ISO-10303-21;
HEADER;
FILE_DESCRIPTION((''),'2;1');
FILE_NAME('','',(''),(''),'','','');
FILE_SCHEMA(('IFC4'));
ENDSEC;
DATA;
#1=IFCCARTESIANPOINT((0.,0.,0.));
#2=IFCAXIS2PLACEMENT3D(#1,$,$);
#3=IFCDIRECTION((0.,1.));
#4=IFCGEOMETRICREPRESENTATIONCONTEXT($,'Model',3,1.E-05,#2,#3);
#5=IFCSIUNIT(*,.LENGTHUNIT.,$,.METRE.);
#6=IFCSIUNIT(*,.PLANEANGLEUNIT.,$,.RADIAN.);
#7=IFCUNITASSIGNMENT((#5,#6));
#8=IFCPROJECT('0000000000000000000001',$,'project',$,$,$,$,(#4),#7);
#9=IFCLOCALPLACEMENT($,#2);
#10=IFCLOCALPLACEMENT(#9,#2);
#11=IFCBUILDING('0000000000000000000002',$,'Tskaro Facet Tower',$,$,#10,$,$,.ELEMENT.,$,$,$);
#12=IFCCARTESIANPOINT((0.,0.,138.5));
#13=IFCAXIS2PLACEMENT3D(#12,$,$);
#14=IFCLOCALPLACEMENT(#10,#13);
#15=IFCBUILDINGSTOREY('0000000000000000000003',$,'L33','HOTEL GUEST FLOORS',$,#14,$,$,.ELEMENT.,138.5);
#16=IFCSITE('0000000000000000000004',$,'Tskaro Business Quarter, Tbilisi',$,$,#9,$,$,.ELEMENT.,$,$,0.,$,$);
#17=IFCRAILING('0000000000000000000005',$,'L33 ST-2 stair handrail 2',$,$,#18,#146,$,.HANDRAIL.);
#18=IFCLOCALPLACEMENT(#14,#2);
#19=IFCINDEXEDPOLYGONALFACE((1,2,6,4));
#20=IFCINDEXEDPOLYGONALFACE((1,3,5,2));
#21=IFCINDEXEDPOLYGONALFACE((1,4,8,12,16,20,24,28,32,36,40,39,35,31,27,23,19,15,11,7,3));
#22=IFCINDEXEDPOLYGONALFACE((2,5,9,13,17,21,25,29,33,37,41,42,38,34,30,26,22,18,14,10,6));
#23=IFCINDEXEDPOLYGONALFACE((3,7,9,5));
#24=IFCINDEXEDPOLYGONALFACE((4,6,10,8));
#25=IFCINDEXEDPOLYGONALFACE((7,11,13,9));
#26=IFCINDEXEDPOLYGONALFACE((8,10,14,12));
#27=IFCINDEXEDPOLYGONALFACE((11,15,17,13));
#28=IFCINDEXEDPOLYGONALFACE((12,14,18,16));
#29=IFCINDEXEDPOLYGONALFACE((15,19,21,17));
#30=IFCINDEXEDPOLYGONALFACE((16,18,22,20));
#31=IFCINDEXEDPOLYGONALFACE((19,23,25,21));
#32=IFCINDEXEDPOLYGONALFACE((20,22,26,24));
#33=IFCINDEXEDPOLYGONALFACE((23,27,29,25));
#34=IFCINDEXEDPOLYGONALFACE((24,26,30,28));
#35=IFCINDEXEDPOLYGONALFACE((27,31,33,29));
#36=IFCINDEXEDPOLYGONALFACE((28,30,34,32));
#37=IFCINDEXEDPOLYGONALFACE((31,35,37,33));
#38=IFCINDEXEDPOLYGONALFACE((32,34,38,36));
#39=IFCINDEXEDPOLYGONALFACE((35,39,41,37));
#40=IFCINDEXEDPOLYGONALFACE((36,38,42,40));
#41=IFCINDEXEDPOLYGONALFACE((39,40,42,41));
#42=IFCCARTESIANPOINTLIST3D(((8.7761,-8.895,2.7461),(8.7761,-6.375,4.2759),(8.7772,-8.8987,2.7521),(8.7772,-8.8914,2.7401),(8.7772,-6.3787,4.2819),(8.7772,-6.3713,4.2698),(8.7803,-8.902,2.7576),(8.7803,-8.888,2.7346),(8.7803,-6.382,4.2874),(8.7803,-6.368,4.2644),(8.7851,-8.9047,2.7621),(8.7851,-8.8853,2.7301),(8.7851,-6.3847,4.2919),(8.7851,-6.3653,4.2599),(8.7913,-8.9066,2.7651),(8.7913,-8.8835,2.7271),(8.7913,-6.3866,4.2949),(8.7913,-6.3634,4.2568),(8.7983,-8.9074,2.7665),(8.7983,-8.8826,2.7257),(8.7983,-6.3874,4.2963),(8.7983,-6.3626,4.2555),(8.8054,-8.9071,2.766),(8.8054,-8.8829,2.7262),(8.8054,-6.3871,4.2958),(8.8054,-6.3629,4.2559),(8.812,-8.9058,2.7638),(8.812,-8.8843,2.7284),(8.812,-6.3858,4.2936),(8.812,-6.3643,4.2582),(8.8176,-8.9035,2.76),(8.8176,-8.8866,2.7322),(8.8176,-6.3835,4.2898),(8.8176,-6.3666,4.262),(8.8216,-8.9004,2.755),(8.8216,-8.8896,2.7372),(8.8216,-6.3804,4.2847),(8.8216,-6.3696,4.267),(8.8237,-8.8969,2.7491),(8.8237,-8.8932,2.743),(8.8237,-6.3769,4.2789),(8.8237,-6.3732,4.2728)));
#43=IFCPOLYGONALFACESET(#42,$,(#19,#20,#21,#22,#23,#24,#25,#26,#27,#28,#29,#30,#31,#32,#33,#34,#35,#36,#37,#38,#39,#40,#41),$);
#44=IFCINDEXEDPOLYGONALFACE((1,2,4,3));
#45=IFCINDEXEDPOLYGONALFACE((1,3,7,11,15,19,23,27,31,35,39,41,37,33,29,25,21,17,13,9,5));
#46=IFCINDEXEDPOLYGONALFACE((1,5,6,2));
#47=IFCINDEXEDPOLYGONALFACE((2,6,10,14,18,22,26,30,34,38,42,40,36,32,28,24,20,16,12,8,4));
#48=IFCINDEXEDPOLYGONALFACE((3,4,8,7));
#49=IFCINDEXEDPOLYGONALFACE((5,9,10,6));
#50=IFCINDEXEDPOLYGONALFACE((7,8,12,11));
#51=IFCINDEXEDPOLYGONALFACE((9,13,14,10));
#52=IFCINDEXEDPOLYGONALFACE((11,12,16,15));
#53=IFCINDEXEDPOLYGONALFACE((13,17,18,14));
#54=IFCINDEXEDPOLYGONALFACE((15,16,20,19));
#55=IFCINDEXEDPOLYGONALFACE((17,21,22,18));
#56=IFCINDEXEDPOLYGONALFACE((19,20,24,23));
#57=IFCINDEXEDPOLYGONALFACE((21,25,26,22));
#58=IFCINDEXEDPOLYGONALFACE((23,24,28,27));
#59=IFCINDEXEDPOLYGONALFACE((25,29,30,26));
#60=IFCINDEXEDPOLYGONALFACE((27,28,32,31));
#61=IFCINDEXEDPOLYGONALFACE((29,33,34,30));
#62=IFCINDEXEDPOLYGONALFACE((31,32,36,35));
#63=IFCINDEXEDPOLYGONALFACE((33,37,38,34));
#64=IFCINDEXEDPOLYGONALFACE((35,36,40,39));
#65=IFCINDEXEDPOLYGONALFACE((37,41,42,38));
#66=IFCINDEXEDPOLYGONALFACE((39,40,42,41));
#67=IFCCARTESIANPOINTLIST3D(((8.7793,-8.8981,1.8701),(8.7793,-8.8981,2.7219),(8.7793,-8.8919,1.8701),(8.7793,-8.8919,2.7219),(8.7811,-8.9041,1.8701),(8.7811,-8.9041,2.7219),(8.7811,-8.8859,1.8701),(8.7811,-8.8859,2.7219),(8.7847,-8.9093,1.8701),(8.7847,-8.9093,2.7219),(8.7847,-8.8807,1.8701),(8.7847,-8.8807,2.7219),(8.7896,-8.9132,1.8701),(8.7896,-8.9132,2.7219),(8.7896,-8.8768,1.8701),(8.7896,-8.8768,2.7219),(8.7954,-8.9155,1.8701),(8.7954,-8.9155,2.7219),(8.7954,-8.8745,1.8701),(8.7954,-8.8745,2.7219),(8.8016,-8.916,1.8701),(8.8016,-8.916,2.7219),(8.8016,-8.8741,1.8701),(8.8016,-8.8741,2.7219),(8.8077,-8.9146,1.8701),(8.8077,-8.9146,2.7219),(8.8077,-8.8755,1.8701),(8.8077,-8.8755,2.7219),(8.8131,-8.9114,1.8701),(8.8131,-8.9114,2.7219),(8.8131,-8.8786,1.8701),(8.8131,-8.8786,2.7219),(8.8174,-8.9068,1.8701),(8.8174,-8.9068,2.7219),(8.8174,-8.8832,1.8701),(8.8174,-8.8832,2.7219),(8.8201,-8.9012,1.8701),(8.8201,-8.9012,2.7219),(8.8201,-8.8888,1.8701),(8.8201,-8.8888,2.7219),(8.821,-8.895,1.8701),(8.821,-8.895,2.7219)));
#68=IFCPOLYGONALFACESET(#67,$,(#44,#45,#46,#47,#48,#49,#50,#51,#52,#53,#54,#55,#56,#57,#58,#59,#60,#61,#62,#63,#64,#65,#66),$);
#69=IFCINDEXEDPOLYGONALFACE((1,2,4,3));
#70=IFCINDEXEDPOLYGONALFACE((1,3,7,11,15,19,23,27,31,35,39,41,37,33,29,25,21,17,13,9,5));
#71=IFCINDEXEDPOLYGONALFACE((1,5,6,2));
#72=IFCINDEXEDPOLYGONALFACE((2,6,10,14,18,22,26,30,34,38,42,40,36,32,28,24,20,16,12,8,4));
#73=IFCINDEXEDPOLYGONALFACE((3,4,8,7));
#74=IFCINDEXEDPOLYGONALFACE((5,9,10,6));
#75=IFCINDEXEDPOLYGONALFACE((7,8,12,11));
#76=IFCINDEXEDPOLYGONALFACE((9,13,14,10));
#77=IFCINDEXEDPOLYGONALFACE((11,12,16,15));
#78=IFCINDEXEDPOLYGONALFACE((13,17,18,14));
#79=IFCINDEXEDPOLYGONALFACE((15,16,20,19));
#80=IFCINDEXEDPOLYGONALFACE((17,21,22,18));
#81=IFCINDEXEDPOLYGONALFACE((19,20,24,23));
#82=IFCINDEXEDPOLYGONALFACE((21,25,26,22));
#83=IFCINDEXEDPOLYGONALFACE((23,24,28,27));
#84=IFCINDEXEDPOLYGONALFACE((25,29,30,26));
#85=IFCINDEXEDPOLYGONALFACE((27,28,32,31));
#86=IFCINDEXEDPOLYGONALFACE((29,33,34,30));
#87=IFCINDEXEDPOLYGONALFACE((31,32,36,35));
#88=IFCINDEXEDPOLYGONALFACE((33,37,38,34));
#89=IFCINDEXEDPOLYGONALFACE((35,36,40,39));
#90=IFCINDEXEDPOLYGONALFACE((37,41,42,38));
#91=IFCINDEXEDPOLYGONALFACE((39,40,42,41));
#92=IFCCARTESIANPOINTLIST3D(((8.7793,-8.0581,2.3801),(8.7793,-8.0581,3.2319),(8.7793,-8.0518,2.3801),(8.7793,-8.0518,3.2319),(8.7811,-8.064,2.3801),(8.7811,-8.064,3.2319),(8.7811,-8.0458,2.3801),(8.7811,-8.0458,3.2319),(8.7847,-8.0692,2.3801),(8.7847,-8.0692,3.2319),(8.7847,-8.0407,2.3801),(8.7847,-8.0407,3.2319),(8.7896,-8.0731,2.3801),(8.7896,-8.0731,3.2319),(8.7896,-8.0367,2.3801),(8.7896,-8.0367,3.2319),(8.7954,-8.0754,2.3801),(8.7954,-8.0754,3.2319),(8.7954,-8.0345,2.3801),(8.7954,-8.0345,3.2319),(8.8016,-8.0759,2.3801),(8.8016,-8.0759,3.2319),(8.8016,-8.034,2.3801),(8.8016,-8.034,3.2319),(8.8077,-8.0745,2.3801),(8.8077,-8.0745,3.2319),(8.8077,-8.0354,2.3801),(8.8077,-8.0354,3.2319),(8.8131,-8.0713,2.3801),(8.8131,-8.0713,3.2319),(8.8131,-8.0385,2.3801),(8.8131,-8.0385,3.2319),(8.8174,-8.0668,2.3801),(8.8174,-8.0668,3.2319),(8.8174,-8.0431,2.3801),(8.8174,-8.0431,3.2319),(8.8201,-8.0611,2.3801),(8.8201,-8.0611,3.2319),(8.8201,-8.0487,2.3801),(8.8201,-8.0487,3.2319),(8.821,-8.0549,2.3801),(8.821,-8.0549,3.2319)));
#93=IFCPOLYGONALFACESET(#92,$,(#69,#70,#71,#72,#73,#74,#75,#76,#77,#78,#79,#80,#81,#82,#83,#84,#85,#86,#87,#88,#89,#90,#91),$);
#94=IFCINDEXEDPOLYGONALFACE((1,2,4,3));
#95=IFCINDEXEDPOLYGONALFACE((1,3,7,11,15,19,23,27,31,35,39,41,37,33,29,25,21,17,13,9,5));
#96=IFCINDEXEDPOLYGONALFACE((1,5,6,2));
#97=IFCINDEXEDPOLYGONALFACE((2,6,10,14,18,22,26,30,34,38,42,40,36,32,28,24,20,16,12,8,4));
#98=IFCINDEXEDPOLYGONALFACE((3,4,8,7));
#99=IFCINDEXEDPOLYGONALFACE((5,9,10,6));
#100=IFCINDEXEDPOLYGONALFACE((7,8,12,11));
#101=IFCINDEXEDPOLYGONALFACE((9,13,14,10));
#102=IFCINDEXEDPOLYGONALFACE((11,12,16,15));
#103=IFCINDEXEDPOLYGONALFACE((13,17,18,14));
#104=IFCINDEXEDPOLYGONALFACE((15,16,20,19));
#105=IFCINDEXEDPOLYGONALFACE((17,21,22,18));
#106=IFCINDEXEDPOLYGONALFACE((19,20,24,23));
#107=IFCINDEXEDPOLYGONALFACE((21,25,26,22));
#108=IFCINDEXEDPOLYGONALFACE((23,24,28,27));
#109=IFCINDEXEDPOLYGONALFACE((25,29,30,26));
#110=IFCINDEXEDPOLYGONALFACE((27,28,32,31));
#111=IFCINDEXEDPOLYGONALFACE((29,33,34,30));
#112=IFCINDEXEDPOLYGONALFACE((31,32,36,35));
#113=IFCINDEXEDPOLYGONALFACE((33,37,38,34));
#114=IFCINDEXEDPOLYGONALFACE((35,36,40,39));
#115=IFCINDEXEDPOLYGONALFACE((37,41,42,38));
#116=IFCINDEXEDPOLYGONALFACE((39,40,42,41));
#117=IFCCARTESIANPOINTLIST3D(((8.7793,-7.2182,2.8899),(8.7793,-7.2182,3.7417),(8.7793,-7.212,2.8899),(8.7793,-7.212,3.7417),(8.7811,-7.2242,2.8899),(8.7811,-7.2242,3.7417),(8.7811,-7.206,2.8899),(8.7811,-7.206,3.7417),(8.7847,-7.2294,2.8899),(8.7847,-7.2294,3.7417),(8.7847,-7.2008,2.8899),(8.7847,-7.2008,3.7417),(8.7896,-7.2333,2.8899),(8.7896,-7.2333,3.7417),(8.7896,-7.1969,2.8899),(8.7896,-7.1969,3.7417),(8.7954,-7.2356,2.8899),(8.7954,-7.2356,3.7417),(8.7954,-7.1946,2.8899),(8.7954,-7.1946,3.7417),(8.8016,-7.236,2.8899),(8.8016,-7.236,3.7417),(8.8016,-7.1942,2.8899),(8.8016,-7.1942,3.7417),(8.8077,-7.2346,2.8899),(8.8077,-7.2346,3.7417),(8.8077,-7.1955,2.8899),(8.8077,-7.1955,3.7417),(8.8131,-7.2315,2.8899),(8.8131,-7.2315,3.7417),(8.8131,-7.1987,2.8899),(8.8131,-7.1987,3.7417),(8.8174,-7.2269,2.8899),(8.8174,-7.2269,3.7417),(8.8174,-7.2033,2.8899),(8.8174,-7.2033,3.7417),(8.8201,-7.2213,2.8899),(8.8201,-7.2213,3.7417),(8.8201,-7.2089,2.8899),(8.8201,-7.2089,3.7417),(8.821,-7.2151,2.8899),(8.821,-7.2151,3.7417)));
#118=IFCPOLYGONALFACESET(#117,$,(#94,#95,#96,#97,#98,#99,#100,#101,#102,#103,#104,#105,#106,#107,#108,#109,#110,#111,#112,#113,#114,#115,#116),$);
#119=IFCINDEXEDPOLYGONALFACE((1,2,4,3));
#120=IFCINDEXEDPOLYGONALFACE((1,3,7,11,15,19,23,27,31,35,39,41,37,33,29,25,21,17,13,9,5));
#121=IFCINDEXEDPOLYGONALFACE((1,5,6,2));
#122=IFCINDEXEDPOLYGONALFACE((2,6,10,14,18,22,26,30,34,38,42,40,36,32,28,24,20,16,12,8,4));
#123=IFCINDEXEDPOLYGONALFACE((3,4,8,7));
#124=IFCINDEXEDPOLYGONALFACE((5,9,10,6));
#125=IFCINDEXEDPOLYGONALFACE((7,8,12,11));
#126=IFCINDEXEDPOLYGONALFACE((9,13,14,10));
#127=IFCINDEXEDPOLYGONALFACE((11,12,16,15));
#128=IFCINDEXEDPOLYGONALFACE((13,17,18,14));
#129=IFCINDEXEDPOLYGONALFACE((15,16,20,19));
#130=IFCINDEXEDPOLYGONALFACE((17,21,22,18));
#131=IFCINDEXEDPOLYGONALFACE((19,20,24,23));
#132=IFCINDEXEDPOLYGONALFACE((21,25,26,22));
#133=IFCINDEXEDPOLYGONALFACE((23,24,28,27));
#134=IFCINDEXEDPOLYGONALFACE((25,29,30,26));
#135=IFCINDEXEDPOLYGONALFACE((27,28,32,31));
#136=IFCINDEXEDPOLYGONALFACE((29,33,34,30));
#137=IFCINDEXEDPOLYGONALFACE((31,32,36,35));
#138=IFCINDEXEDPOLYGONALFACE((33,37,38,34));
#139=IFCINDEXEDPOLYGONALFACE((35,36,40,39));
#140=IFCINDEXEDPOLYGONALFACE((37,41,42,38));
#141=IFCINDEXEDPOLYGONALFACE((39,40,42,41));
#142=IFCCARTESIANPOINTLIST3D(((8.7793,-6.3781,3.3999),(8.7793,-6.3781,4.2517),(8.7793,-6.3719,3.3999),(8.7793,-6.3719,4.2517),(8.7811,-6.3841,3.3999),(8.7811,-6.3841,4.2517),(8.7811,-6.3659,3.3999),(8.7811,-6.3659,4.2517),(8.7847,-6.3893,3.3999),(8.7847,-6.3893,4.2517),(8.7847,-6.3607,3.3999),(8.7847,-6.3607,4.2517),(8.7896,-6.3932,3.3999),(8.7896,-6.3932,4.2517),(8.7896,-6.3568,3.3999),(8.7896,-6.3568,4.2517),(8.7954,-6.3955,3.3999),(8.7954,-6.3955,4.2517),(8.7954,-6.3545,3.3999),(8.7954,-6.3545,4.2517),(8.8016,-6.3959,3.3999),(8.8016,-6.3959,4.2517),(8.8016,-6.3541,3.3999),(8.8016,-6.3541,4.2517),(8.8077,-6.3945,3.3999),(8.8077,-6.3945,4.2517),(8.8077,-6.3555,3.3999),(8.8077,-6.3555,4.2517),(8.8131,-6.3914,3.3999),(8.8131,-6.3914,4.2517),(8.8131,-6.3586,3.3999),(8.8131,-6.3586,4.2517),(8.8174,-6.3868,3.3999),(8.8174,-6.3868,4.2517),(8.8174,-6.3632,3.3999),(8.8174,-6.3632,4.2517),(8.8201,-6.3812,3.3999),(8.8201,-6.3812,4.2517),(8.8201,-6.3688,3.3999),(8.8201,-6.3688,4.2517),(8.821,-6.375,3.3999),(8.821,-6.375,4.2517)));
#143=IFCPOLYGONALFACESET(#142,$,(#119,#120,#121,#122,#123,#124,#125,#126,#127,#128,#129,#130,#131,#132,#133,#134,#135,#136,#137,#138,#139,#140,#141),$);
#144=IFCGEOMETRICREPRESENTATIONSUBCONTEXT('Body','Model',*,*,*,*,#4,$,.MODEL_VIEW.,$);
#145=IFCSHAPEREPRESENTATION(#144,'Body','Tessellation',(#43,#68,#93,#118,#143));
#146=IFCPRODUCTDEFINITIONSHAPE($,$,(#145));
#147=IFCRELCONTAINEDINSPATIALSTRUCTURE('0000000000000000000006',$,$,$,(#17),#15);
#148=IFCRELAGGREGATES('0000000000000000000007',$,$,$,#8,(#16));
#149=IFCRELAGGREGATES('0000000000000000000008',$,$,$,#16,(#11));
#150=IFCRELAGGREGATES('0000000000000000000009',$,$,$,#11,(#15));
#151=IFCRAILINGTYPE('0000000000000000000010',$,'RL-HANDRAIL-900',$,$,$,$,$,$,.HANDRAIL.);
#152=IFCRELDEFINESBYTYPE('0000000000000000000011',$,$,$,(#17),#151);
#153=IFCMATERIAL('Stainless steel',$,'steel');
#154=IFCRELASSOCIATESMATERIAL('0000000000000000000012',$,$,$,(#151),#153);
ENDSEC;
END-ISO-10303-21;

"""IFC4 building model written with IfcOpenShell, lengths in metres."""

from ifc_helpers import new_model, si_unit, direction, frame, origin, origin_2d, place, context, subcontext, project, spatial, circle, extrude, material, type_object, element, save


model = new_model("IFC4")

# Units and contexts
model_context = context("Model", 3, precision=1e-05, world=origin(), true_north=direction((0.0, 1.0)))
body_context = subcontext(model_context, "Body", "Model", "MODEL_VIEW")
ifc_project = project(units=[si_unit("LENGTHUNIT", "METRE"), si_unit("PLANEANGLEUNIT", "RADIAN")], contexts=[model_context])

# Site, building, storey
site_placement = place(None, origin())
site = spatial("IfcSite", under=ifc_project, at=site_placement, Name="Tskaro Business Quarter, Tbilisi", CompositionType="ELEMENT", RefElevation=0.0)
building_placement = place(site_placement, origin())
building = spatial("IfcBuilding", under=site, at=building_placement, Name="Tskaro Facet Tower", CompositionType="ELEMENT")
storey_placement = place(building_placement, frame((0.0, 0.0, 138.5)))
storey = spatial("IfcBuildingStorey", under=building, at=storey_placement, Name="L33", Description="HOTEL GUEST FLOORS", CompositionType="ELEMENT", Elevation=138.5)

# Railing
ifc_material_1 = material(Name="Stainless steel", Category="steel")
railing_type_1 = type_object("IfcRailingType", Name="RL-HANDRAIL-900", PredefinedType="HANDRAIL", material=ifc_material_1)
railing_1_placement = place(storey_placement, frame((8.8, -8.895, 1.8701)))
element("IfcRailing", 1, at=railing_1_placement, inside=storey, type_object=railing_type_1, Name="L33 ST-2 stair handrail 2", PredefinedType="HANDRAIL", context=body_context, shape_type="SweptSolid", body=[
    extrude(circle(Radius=0.0239, at=origin_2d()), frame((0.0, 0.0, 0.876), z_axis=(0.0, 0.854822, 0.518922), x_axis=(-1.0, 0.0, 0.0)), (0.0, 0.0, 1.0), 2.948),
    extrude(circle(Radius=0.021, at=origin_2d()), origin(), (0.0, 0.0, 1.0), 0.8518),
    extrude(circle(Radius=0.021, at=origin_2d()), frame((0.0, 0.8401, 0.51)), (0.0, 0.0, 1.0), 0.8518),
    extrude(circle(Radius=0.021, at=origin_2d()), frame((0.0, 1.6799, 1.0198)), (0.0, 0.0, 1.0), 0.8518),
    extrude(circle(Radius=0.021, at=origin_2d()), frame((0.0, 2.52, 1.5298)), (0.0, 0.0, 1.0), 0.8518),
])

save(model, "model.ifc")
